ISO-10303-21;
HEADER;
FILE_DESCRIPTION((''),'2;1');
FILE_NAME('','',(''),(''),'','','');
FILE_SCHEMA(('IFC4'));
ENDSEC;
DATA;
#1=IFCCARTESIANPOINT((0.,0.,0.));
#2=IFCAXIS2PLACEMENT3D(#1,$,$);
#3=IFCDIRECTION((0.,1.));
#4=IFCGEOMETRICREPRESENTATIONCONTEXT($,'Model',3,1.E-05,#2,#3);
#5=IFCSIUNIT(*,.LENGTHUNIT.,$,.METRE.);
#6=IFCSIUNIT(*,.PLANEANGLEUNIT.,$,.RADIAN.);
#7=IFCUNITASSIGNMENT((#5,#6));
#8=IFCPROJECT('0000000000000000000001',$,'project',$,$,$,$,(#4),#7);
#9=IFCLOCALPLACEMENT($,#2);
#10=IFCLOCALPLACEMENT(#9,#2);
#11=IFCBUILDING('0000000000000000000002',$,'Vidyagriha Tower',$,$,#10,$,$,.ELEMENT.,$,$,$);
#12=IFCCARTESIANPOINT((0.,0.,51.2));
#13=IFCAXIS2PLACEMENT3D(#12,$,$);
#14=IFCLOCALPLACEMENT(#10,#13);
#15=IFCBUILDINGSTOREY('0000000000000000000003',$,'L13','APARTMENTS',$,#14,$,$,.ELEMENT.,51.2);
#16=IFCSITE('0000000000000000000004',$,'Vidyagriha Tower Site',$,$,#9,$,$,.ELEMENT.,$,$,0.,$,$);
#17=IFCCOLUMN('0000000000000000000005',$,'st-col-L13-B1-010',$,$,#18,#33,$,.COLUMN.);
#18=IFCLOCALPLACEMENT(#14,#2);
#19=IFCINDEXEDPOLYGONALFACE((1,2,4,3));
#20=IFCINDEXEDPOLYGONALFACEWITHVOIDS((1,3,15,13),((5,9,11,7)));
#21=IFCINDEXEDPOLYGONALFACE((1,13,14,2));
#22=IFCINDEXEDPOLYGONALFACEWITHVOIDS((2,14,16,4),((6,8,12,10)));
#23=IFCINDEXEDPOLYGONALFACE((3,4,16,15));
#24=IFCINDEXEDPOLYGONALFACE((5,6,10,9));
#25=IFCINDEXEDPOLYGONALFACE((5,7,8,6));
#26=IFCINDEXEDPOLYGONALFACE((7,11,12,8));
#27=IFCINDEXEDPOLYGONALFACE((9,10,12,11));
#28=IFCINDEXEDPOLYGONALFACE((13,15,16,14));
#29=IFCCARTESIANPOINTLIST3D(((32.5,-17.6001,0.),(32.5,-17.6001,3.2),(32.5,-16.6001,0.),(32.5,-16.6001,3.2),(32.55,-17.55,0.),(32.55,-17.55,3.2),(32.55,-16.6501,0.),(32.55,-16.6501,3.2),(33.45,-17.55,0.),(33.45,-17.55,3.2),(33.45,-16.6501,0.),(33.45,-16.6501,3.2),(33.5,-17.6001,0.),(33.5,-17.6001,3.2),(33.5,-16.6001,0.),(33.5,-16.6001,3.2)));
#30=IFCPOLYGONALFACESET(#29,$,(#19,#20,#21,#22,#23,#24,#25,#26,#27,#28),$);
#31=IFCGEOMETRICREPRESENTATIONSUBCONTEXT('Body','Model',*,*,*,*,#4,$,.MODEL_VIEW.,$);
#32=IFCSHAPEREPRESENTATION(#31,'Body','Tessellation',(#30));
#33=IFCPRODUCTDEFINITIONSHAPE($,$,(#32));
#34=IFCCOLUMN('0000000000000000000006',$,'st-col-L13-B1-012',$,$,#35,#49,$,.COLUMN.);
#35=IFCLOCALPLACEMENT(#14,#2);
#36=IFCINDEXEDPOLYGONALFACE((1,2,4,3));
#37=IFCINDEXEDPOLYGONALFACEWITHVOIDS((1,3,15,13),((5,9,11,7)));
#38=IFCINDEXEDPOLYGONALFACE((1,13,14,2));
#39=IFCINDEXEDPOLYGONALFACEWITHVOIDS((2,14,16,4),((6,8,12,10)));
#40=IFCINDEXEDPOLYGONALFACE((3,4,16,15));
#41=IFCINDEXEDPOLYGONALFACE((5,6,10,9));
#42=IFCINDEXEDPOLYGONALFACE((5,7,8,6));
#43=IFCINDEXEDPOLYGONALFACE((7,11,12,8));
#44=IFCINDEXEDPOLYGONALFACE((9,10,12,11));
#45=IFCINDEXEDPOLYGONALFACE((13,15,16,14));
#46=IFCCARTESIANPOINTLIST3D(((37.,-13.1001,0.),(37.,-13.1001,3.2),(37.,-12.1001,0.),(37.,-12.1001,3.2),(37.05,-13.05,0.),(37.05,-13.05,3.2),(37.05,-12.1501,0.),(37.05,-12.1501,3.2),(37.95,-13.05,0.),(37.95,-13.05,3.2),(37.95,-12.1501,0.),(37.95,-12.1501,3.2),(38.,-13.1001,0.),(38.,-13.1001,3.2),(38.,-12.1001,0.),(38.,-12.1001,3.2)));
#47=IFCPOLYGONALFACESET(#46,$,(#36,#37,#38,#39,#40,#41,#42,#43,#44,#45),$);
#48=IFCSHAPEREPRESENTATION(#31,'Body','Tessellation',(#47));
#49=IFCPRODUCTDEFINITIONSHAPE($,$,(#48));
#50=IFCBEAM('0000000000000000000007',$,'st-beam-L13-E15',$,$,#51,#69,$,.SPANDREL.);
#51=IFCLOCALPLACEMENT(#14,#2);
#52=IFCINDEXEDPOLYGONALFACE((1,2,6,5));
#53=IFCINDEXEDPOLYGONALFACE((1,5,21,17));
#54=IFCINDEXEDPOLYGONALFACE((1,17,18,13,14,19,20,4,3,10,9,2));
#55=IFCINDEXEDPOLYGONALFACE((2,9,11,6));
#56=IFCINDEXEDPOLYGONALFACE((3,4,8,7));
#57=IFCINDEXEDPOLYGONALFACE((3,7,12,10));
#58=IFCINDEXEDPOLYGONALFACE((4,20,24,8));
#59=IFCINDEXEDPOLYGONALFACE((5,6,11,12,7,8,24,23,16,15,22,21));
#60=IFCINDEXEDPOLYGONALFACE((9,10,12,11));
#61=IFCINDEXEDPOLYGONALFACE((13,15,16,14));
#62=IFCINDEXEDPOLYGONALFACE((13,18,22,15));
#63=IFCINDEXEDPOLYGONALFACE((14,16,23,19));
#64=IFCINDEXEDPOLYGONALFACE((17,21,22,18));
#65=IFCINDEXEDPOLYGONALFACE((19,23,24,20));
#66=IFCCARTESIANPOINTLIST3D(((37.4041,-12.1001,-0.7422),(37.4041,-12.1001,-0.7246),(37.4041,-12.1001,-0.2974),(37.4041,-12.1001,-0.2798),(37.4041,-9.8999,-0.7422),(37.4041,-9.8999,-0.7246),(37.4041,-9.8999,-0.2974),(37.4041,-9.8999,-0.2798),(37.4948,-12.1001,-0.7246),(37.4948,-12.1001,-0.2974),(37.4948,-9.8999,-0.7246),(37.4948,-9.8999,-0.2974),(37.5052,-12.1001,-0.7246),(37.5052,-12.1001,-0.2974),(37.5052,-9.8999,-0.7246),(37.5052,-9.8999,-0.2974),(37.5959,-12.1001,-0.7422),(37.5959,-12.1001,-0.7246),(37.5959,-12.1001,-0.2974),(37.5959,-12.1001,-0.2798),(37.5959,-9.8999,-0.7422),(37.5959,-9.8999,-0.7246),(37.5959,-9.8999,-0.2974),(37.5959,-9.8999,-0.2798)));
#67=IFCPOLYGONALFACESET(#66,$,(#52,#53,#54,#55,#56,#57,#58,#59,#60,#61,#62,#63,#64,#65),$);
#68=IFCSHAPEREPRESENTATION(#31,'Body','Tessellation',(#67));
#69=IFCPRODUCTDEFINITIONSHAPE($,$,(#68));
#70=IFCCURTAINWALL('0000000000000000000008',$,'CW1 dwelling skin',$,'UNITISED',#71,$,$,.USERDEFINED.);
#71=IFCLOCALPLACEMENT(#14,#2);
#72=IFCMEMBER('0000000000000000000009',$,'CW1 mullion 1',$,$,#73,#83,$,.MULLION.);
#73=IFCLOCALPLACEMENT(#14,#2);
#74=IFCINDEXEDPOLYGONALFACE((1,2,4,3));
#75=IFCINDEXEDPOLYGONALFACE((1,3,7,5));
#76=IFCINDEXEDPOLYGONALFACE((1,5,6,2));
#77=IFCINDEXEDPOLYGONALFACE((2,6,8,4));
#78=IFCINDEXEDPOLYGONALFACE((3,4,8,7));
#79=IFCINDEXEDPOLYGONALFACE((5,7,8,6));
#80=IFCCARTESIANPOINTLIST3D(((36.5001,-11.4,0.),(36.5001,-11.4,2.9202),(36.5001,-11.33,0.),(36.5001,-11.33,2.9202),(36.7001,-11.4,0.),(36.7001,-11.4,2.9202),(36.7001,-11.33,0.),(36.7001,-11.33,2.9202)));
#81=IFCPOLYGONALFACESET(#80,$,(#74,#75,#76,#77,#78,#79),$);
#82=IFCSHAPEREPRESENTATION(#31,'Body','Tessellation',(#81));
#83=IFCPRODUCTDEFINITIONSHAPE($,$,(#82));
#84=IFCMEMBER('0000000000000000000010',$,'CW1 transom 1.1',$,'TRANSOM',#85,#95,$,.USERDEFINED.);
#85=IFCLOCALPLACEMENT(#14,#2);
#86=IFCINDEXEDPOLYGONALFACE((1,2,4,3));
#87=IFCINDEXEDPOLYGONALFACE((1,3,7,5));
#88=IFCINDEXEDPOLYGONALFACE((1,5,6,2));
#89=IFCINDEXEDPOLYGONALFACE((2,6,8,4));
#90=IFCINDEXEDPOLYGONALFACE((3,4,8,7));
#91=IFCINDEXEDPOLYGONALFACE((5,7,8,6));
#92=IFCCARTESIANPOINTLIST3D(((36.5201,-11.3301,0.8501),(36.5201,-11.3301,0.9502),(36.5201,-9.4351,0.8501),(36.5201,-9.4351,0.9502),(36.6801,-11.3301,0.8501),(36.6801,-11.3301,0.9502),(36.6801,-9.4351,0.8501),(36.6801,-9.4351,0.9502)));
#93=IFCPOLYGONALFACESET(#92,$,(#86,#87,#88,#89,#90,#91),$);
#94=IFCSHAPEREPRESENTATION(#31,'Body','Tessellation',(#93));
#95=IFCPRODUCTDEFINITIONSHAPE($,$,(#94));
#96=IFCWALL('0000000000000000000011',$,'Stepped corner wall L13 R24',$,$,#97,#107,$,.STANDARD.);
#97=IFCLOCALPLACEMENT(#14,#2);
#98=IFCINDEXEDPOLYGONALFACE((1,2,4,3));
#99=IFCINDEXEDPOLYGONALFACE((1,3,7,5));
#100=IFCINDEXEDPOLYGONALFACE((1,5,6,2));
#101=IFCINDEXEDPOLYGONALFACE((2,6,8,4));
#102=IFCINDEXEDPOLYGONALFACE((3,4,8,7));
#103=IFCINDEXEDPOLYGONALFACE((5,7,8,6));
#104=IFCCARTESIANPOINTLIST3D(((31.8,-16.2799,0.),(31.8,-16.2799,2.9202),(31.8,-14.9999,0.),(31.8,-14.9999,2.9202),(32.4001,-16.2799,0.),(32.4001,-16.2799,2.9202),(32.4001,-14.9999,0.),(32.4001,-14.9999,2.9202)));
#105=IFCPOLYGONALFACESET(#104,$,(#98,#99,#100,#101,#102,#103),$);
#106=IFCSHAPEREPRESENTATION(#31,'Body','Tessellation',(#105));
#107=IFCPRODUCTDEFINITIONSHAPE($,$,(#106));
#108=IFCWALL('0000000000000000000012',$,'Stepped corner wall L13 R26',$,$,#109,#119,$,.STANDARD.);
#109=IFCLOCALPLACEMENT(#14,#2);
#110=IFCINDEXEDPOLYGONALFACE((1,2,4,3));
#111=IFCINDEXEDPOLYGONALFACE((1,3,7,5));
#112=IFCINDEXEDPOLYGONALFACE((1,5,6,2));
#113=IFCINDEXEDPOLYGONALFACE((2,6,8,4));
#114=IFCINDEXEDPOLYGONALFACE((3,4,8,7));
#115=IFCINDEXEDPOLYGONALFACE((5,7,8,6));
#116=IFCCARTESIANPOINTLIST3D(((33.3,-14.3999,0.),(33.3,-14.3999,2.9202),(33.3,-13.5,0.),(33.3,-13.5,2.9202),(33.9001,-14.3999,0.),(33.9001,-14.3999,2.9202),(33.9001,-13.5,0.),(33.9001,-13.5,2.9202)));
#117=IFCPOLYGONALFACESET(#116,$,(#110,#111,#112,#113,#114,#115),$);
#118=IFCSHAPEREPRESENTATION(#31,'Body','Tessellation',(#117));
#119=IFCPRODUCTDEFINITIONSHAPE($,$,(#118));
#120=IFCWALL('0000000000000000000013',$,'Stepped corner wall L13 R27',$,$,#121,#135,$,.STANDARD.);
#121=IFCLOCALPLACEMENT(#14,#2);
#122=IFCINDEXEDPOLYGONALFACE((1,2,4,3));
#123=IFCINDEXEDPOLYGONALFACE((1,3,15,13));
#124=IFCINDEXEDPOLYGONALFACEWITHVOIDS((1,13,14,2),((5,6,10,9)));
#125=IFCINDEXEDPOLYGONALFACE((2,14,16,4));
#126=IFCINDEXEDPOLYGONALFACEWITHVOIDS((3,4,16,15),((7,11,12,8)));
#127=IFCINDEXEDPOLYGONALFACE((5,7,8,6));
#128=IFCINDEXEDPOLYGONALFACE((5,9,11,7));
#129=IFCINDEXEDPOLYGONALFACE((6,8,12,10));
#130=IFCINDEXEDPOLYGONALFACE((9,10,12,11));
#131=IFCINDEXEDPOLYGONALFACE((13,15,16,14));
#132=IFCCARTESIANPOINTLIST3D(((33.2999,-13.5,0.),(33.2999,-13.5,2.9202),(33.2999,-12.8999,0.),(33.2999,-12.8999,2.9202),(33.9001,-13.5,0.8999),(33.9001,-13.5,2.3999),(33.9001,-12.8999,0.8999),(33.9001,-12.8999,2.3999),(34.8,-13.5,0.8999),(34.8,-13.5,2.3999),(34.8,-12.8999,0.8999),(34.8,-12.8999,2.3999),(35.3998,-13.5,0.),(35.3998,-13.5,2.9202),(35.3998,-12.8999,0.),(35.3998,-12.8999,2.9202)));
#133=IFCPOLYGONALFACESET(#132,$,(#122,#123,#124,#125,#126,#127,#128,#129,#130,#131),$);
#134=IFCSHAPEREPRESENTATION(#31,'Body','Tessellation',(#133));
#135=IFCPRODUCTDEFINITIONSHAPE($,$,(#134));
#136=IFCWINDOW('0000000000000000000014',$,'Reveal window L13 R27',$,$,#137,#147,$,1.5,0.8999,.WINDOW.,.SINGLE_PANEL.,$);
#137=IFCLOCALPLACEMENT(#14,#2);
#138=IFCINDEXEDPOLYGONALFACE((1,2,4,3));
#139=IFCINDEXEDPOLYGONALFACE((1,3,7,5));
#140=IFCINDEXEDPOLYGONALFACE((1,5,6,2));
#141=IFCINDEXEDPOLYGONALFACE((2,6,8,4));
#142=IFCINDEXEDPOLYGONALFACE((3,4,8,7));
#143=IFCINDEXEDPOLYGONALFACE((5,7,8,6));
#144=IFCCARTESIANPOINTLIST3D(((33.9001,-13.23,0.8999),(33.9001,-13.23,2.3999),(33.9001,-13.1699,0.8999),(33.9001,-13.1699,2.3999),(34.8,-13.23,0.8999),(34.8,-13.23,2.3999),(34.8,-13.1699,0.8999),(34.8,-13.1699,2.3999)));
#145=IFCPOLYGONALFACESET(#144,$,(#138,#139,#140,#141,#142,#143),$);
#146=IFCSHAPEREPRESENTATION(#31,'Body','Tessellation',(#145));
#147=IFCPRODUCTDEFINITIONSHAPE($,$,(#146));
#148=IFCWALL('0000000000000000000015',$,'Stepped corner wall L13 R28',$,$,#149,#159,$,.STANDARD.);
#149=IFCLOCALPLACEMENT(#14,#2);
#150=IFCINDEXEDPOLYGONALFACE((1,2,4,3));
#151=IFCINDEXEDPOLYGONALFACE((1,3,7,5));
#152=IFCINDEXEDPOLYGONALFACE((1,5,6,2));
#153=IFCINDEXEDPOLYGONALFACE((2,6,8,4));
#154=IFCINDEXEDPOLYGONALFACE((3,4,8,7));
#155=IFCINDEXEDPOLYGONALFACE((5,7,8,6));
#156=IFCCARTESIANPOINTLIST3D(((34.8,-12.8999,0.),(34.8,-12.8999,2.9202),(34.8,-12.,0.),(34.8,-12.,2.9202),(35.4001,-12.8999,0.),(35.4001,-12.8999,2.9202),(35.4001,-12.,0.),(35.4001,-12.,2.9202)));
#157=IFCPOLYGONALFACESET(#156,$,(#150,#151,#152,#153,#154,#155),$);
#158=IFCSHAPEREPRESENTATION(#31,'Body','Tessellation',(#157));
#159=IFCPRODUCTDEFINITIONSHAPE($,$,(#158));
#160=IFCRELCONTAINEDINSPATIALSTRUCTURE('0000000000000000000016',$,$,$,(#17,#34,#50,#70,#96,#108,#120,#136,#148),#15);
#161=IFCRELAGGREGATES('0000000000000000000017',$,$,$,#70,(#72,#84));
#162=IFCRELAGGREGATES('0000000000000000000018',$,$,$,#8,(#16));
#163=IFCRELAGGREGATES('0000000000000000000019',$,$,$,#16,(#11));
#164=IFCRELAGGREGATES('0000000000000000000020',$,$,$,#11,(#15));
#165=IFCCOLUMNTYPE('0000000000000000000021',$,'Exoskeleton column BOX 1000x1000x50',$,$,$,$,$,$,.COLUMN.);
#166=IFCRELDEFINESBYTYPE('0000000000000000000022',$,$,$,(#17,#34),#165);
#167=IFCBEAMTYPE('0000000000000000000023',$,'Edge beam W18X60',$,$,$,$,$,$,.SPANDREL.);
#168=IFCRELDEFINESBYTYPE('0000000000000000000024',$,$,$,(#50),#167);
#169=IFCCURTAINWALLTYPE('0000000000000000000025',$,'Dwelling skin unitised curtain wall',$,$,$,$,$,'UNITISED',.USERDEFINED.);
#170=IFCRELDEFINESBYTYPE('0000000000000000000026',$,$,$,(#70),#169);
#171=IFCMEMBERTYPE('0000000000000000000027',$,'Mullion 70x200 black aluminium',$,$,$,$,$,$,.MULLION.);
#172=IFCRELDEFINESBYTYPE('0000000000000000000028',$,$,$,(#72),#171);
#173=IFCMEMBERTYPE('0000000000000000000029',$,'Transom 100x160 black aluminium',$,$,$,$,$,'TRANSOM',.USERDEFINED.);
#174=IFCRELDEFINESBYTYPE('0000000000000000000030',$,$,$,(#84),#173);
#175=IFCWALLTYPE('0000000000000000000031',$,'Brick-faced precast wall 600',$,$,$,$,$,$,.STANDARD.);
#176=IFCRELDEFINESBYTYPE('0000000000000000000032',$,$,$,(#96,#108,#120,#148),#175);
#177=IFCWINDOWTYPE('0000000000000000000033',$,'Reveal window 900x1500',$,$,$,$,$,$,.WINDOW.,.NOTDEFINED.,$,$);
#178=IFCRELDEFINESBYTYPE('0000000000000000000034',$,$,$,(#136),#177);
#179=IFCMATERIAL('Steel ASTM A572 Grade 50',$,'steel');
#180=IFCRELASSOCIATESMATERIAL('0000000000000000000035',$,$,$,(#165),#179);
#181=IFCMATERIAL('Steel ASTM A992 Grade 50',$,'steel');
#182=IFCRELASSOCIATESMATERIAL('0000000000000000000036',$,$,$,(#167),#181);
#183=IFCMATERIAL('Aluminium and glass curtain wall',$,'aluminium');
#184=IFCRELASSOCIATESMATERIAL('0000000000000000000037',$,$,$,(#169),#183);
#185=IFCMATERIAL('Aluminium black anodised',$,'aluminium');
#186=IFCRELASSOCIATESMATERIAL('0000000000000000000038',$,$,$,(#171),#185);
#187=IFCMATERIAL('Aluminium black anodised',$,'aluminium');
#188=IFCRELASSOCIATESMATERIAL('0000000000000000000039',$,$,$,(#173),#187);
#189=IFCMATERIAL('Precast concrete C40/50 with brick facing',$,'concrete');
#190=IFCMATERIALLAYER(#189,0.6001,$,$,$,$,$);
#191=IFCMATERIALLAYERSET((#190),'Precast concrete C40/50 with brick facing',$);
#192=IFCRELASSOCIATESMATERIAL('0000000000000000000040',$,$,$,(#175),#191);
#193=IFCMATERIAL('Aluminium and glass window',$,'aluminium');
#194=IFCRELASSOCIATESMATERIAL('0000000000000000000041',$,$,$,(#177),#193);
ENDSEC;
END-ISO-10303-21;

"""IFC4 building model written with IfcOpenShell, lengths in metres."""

from ifc_helpers import new_model, si_unit, direction, frame, frame_2d, origin, origin_2d, place, context, subcontext, project, spatial, rectangle, hollow_rectangle, i_section, extrude, material, layer, layer_set, material_profile, profile_set, type_object, element, fill, aggregate, save


model = new_model("IFC4")

# Units and contexts
model_context = context("Model", 3, precision=1e-05, world=origin(), true_north=direction((0.0, 1.0)))
body_context = subcontext(model_context, "Body", "Model", "MODEL_VIEW")
ifc_project = project(units=[si_unit("LENGTHUNIT", "METRE"), si_unit("PLANEANGLEUNIT", "RADIAN")], contexts=[model_context])

# Site, building, storey
site_placement = place(None, origin())
site = spatial("IfcSite", under=ifc_project, at=site_placement, Name="Vidyagriha Tower Site", CompositionType="ELEMENT", RefElevation=0.0)
building_placement = place(site_placement, origin())
building = spatial("IfcBuilding", under=site, at=building_placement, Name="Vidyagriha Tower", CompositionType="ELEMENT")
storey_placement = place(building_placement, frame((0.0, 0.0, 51.2)))
storey = spatial("IfcBuildingStorey", under=building, at=storey_placement, Name="L13", Description="APARTMENTS", CompositionType="ELEMENT", Elevation=51.2)

# Columns
ifc_material_1 = material(Name="Steel ASTM A572 Grade 50", Category="steel")
ifc_material_profile_1 = material_profile(ifc_material_1, hollow_rectangle(XDim=1.0, YDim=1.0, WallThickness=0.05, at=origin_2d()), Name="BOX 1000x1000x50")
ifc_profile_set_1 = profile_set([ifc_material_profile_1], Name="Steel ASTM A572 Grade 50")
column_type = type_object("IfcColumnType", Name="Exoskeleton column BOX 1000x1000x50", PredefinedType="COLUMN", material=ifc_profile_set_1)
for number, where, name in (
    (1, (33.0, -17.1001, 0.0), "st-col-L13-B1-010"),
    (2, (37.5, -12.6001, 0.0), "st-col-L13-B1-012"),
):
    element("IfcColumn", number, at=place(storey_placement, frame(where)), inside=storey, type_object=column_type, Name=name, PredefinedType="COLUMN", context=body_context, shape_type="SweptSolid", body=[
        extrude(hollow_rectangle(XDim=1.0, YDim=1.0, WallThickness=0.05, at=origin_2d()), origin(), (0.0, 0.0, 1.0), 3.2),
    ])

# Beam
ifc_material_2 = material(Name="Steel ASTM A992 Grade 50", Category="steel")
ifc_material_profile_2 = material_profile(ifc_material_2, i_section(OverallWidth=0.1919, OverallDepth=0.4624, WebThickness=0.0105, FlangeThickness=0.0176, at=origin_2d()), Name="W18X60")
ifc_profile_set_2 = profile_set([ifc_material_profile_2], Name="Steel ASTM A992 Grade 50")
beam_type = type_object("IfcBeamType", Name="Edge beam W18X60", PredefinedType="SPANDREL", material=ifc_profile_set_2)
beam_placement = place(storey_placement, frame((37.5, -12.1001, -0.511), z_axis=(0.0, 1.0, 0.0), x_axis=(-1.0, 0.0, 0.0)))
element("IfcBeam", 3, at=beam_placement, inside=storey, type_object=beam_type, Name="st-beam-L13-E15", PredefinedType="SPANDREL", context=body_context, shape_type="SweptSolid", body=[
    extrude(i_section(OverallWidth=0.1919, OverallDepth=0.4624, WebThickness=0.0105, FlangeThickness=0.0176, at=origin_2d()), origin(), (0.0, 0.0, 1.0), 2.2002),
])

# Curtain wall, members
ifc_material_3 = material(Name="Aluminium and glass curtain wall", Category="aluminium")
curtain_wall_type = type_object("IfcCurtainWallType", Name="Dwelling skin unitised curtain wall", ElementType="UNITISED", PredefinedType="USERDEFINED", material=ifc_material_3)
curtain_wall_placement = place(storey_placement, origin())
curtain_wall = element("IfcCurtainWall", 4, at=curtain_wall_placement, inside=storey, type_object=curtain_wall_type, Name="CW1 dwelling skin", ObjectType="UNITISED", PredefinedType="USERDEFINED")
ifc_material_4 = material(Name="Aluminium black anodised", Category="aluminium")
ifc_material_profile_3 = material_profile(ifc_material_4, rectangle(XDim=0.2, YDim=0.0701, at=origin_2d()), Name="Mullion 70x200 black aluminium")
ifc_profile_set_3 = profile_set([ifc_material_profile_3], Name="Aluminium black anodised")
member_type_1 = type_object("IfcMemberType", Name="Mullion 70x200 black aluminium", PredefinedType="MULLION", material=ifc_profile_set_3)
member_1_placement = place(storey_placement, frame((36.6001, -11.365, 0.0), z_axis=(0.0, 0.0, 1.0), x_axis=(-1.0, 0.0, 0.0)))
member_1 = element("IfcMember", 5, at=member_1_placement, type_object=member_type_1, Name="CW1 mullion 1", PredefinedType="MULLION", context=body_context, shape_type="SweptSolid", body=[
    extrude(rectangle(XDim=0.2, YDim=0.0701, at=origin_2d()), origin(), (0.0, 0.0, 1.0), 2.9202),
])
ifc_material_5 = material(Name="Aluminium black anodised", Category="aluminium")
ifc_material_profile_4 = material_profile(ifc_material_5, rectangle(XDim=0.1599, YDim=0.1001, at=origin_2d()), Name="Transom 100x160 black aluminium")
ifc_profile_set_4 = profile_set([ifc_material_profile_4], Name="Aluminium black anodised")
member_type_2 = type_object("IfcMemberType", Name="Transom 100x160 black aluminium", ElementType="TRANSOM", PredefinedType="USERDEFINED", material=ifc_profile_set_4)
member_2_placement = place(storey_placement, frame((36.6001, -11.3301, 0.9001), z_axis=(0.0, 1.0, 0.0), x_axis=(-1.0, 0.0, 0.0)))
member_2 = element("IfcMember", 6, at=member_2_placement, type_object=member_type_2, Name="CW1 transom 1.1", ObjectType="TRANSOM", PredefinedType="USERDEFINED", context=body_context, shape_type="SweptSolid", body=[
    extrude(rectangle(XDim=0.1599, YDim=0.1001, at=origin_2d()), origin(), (0.0, 0.0, 1.0), 1.895),
])
aggregate(curtain_wall, [member_1, member_2])

# Walls
ifc_material_6 = material(Name="Precast concrete C40/50 with brick facing", Category="concrete")
ifc_layer_1 = layer(ifc_material_6, 0.6001)
ifc_layer_set_1 = layer_set([ifc_layer_1], Name="Precast concrete C40/50 with brick facing")
wall_type_1 = type_object("IfcWallType", Name="Brick-faced precast wall 600", PredefinedType="STANDARD", material=ifc_layer_set_1)
wall_1_placement = place(storey_placement, frame((32.1001, -16.28, 0.0), z_axis=(0.0, 0.0, 1.0), x_axis=(0.0, 1.0, 0.0)))
element("IfcWall", 7, at=wall_1_placement, inside=storey, type_object=wall_type_1, Name="Stepped corner wall L13 R24", PredefinedType="STANDARD", context=body_context, shape_type="SweptSolid", body=[
    extrude(rectangle(XDim=1.28, YDim=0.6001, at=frame_2d((0.6401, 0.0))), origin(), (0.0, 0.0, 1.0), 2.9202),
])
wall_2_placement = place(storey_placement, frame((33.6001, -14.3999, 0.0), z_axis=(0.0, 0.0, 1.0), x_axis=(0.0, 1.0, 0.0)))
element("IfcWall", 8, at=wall_2_placement, inside=storey, type_object=wall_type_1, Name="Stepped corner wall L13 R26", PredefinedType="STANDARD", context=body_context, shape_type="SweptSolid", body=[
    extrude(rectangle(XDim=0.8999, YDim=0.6001, at=frame_2d((0.45, 0.0))), origin(), (0.0, 0.0, 1.0), 2.9202),
])

# Wall, opening, window
wall_3_placement = place(storey_placement, frame((33.3, -13.2, 0.0)))
wall_3 = element("IfcWall", 9, at=wall_3_placement, inside=storey, type_object=wall_type_1, Name="Stepped corner wall L13 R27", PredefinedType="STANDARD", context=body_context, shape_type="SweptSolid", body=[
    extrude(rectangle(XDim=2.0999, YDim=0.6001, at=frame_2d((1.0498, 0.0))), origin(), (0.0, 0.0, 1.0), 2.9202),
])
opening_1_placement = place(wall_3_placement, frame((0.6001, 0.0, 0.8999)))
opening_1 = element("IfcOpeningElement", 10, at=opening_1_placement, cuts=wall_3, PredefinedType="OPENING", context=body_context, shape_type="SweptSolid", body=[
    extrude(rectangle(XDim=0.8999, YDim=1.5, at=frame_2d((0.45, 0.75))), frame((0.0, 0.3101, 0.0), z_axis=(0.0, -1.0, 0.0), x_axis=(1.0, 0.0, 0.0)), (0.0, 0.0, 1.0), 0.6201),
])
ifc_material_7 = material(Name="Aluminium and glass window", Category="aluminium")
window_type = type_object("IfcWindowType", Name="Reveal window 900x1500", PartitioningType="NOTDEFINED", PredefinedType="WINDOW", material=ifc_material_7)
window_1_placement = place(opening_1_placement, origin())
window_1 = element("IfcWindow", 11, at=window_1_placement, inside=storey, type_object=window_type, Name="Reveal window L13 R27", OverallHeight=1.5, OverallWidth=0.8999, PartitioningType="SINGLE_PANEL", PredefinedType="WINDOW", context=body_context, shape_type="SweptSolid", body=[
    extrude(rectangle(XDim=0.8999, YDim=1.5, at=frame_2d((0.45, 0.75))), frame((0.0, 0.03, 0.0), z_axis=(0.0, -1.0, 0.0), x_axis=(1.0, 0.0, 0.0)), (0.0, 0.0, 1.0), 0.0601),
])
fill(opening_1, window_1)

# Wall
wall_4_placement = place(storey_placement, frame((35.1001, -12.8999, 0.0), z_axis=(0.0, 0.0, 1.0), x_axis=(0.0, 1.0, 0.0)))
element("IfcWall", 12, at=wall_4_placement, inside=storey, type_object=wall_type_1, Name="Stepped corner wall L13 R28", PredefinedType="STANDARD", context=body_context, shape_type="SweptSolid", body=[
    extrude(rectangle(XDim=0.8999, YDim=0.6001, at=frame_2d((0.45, 0.0))), origin(), (0.0, 0.0, 1.0), 2.9202),
])

save(model, "model.ifc")
